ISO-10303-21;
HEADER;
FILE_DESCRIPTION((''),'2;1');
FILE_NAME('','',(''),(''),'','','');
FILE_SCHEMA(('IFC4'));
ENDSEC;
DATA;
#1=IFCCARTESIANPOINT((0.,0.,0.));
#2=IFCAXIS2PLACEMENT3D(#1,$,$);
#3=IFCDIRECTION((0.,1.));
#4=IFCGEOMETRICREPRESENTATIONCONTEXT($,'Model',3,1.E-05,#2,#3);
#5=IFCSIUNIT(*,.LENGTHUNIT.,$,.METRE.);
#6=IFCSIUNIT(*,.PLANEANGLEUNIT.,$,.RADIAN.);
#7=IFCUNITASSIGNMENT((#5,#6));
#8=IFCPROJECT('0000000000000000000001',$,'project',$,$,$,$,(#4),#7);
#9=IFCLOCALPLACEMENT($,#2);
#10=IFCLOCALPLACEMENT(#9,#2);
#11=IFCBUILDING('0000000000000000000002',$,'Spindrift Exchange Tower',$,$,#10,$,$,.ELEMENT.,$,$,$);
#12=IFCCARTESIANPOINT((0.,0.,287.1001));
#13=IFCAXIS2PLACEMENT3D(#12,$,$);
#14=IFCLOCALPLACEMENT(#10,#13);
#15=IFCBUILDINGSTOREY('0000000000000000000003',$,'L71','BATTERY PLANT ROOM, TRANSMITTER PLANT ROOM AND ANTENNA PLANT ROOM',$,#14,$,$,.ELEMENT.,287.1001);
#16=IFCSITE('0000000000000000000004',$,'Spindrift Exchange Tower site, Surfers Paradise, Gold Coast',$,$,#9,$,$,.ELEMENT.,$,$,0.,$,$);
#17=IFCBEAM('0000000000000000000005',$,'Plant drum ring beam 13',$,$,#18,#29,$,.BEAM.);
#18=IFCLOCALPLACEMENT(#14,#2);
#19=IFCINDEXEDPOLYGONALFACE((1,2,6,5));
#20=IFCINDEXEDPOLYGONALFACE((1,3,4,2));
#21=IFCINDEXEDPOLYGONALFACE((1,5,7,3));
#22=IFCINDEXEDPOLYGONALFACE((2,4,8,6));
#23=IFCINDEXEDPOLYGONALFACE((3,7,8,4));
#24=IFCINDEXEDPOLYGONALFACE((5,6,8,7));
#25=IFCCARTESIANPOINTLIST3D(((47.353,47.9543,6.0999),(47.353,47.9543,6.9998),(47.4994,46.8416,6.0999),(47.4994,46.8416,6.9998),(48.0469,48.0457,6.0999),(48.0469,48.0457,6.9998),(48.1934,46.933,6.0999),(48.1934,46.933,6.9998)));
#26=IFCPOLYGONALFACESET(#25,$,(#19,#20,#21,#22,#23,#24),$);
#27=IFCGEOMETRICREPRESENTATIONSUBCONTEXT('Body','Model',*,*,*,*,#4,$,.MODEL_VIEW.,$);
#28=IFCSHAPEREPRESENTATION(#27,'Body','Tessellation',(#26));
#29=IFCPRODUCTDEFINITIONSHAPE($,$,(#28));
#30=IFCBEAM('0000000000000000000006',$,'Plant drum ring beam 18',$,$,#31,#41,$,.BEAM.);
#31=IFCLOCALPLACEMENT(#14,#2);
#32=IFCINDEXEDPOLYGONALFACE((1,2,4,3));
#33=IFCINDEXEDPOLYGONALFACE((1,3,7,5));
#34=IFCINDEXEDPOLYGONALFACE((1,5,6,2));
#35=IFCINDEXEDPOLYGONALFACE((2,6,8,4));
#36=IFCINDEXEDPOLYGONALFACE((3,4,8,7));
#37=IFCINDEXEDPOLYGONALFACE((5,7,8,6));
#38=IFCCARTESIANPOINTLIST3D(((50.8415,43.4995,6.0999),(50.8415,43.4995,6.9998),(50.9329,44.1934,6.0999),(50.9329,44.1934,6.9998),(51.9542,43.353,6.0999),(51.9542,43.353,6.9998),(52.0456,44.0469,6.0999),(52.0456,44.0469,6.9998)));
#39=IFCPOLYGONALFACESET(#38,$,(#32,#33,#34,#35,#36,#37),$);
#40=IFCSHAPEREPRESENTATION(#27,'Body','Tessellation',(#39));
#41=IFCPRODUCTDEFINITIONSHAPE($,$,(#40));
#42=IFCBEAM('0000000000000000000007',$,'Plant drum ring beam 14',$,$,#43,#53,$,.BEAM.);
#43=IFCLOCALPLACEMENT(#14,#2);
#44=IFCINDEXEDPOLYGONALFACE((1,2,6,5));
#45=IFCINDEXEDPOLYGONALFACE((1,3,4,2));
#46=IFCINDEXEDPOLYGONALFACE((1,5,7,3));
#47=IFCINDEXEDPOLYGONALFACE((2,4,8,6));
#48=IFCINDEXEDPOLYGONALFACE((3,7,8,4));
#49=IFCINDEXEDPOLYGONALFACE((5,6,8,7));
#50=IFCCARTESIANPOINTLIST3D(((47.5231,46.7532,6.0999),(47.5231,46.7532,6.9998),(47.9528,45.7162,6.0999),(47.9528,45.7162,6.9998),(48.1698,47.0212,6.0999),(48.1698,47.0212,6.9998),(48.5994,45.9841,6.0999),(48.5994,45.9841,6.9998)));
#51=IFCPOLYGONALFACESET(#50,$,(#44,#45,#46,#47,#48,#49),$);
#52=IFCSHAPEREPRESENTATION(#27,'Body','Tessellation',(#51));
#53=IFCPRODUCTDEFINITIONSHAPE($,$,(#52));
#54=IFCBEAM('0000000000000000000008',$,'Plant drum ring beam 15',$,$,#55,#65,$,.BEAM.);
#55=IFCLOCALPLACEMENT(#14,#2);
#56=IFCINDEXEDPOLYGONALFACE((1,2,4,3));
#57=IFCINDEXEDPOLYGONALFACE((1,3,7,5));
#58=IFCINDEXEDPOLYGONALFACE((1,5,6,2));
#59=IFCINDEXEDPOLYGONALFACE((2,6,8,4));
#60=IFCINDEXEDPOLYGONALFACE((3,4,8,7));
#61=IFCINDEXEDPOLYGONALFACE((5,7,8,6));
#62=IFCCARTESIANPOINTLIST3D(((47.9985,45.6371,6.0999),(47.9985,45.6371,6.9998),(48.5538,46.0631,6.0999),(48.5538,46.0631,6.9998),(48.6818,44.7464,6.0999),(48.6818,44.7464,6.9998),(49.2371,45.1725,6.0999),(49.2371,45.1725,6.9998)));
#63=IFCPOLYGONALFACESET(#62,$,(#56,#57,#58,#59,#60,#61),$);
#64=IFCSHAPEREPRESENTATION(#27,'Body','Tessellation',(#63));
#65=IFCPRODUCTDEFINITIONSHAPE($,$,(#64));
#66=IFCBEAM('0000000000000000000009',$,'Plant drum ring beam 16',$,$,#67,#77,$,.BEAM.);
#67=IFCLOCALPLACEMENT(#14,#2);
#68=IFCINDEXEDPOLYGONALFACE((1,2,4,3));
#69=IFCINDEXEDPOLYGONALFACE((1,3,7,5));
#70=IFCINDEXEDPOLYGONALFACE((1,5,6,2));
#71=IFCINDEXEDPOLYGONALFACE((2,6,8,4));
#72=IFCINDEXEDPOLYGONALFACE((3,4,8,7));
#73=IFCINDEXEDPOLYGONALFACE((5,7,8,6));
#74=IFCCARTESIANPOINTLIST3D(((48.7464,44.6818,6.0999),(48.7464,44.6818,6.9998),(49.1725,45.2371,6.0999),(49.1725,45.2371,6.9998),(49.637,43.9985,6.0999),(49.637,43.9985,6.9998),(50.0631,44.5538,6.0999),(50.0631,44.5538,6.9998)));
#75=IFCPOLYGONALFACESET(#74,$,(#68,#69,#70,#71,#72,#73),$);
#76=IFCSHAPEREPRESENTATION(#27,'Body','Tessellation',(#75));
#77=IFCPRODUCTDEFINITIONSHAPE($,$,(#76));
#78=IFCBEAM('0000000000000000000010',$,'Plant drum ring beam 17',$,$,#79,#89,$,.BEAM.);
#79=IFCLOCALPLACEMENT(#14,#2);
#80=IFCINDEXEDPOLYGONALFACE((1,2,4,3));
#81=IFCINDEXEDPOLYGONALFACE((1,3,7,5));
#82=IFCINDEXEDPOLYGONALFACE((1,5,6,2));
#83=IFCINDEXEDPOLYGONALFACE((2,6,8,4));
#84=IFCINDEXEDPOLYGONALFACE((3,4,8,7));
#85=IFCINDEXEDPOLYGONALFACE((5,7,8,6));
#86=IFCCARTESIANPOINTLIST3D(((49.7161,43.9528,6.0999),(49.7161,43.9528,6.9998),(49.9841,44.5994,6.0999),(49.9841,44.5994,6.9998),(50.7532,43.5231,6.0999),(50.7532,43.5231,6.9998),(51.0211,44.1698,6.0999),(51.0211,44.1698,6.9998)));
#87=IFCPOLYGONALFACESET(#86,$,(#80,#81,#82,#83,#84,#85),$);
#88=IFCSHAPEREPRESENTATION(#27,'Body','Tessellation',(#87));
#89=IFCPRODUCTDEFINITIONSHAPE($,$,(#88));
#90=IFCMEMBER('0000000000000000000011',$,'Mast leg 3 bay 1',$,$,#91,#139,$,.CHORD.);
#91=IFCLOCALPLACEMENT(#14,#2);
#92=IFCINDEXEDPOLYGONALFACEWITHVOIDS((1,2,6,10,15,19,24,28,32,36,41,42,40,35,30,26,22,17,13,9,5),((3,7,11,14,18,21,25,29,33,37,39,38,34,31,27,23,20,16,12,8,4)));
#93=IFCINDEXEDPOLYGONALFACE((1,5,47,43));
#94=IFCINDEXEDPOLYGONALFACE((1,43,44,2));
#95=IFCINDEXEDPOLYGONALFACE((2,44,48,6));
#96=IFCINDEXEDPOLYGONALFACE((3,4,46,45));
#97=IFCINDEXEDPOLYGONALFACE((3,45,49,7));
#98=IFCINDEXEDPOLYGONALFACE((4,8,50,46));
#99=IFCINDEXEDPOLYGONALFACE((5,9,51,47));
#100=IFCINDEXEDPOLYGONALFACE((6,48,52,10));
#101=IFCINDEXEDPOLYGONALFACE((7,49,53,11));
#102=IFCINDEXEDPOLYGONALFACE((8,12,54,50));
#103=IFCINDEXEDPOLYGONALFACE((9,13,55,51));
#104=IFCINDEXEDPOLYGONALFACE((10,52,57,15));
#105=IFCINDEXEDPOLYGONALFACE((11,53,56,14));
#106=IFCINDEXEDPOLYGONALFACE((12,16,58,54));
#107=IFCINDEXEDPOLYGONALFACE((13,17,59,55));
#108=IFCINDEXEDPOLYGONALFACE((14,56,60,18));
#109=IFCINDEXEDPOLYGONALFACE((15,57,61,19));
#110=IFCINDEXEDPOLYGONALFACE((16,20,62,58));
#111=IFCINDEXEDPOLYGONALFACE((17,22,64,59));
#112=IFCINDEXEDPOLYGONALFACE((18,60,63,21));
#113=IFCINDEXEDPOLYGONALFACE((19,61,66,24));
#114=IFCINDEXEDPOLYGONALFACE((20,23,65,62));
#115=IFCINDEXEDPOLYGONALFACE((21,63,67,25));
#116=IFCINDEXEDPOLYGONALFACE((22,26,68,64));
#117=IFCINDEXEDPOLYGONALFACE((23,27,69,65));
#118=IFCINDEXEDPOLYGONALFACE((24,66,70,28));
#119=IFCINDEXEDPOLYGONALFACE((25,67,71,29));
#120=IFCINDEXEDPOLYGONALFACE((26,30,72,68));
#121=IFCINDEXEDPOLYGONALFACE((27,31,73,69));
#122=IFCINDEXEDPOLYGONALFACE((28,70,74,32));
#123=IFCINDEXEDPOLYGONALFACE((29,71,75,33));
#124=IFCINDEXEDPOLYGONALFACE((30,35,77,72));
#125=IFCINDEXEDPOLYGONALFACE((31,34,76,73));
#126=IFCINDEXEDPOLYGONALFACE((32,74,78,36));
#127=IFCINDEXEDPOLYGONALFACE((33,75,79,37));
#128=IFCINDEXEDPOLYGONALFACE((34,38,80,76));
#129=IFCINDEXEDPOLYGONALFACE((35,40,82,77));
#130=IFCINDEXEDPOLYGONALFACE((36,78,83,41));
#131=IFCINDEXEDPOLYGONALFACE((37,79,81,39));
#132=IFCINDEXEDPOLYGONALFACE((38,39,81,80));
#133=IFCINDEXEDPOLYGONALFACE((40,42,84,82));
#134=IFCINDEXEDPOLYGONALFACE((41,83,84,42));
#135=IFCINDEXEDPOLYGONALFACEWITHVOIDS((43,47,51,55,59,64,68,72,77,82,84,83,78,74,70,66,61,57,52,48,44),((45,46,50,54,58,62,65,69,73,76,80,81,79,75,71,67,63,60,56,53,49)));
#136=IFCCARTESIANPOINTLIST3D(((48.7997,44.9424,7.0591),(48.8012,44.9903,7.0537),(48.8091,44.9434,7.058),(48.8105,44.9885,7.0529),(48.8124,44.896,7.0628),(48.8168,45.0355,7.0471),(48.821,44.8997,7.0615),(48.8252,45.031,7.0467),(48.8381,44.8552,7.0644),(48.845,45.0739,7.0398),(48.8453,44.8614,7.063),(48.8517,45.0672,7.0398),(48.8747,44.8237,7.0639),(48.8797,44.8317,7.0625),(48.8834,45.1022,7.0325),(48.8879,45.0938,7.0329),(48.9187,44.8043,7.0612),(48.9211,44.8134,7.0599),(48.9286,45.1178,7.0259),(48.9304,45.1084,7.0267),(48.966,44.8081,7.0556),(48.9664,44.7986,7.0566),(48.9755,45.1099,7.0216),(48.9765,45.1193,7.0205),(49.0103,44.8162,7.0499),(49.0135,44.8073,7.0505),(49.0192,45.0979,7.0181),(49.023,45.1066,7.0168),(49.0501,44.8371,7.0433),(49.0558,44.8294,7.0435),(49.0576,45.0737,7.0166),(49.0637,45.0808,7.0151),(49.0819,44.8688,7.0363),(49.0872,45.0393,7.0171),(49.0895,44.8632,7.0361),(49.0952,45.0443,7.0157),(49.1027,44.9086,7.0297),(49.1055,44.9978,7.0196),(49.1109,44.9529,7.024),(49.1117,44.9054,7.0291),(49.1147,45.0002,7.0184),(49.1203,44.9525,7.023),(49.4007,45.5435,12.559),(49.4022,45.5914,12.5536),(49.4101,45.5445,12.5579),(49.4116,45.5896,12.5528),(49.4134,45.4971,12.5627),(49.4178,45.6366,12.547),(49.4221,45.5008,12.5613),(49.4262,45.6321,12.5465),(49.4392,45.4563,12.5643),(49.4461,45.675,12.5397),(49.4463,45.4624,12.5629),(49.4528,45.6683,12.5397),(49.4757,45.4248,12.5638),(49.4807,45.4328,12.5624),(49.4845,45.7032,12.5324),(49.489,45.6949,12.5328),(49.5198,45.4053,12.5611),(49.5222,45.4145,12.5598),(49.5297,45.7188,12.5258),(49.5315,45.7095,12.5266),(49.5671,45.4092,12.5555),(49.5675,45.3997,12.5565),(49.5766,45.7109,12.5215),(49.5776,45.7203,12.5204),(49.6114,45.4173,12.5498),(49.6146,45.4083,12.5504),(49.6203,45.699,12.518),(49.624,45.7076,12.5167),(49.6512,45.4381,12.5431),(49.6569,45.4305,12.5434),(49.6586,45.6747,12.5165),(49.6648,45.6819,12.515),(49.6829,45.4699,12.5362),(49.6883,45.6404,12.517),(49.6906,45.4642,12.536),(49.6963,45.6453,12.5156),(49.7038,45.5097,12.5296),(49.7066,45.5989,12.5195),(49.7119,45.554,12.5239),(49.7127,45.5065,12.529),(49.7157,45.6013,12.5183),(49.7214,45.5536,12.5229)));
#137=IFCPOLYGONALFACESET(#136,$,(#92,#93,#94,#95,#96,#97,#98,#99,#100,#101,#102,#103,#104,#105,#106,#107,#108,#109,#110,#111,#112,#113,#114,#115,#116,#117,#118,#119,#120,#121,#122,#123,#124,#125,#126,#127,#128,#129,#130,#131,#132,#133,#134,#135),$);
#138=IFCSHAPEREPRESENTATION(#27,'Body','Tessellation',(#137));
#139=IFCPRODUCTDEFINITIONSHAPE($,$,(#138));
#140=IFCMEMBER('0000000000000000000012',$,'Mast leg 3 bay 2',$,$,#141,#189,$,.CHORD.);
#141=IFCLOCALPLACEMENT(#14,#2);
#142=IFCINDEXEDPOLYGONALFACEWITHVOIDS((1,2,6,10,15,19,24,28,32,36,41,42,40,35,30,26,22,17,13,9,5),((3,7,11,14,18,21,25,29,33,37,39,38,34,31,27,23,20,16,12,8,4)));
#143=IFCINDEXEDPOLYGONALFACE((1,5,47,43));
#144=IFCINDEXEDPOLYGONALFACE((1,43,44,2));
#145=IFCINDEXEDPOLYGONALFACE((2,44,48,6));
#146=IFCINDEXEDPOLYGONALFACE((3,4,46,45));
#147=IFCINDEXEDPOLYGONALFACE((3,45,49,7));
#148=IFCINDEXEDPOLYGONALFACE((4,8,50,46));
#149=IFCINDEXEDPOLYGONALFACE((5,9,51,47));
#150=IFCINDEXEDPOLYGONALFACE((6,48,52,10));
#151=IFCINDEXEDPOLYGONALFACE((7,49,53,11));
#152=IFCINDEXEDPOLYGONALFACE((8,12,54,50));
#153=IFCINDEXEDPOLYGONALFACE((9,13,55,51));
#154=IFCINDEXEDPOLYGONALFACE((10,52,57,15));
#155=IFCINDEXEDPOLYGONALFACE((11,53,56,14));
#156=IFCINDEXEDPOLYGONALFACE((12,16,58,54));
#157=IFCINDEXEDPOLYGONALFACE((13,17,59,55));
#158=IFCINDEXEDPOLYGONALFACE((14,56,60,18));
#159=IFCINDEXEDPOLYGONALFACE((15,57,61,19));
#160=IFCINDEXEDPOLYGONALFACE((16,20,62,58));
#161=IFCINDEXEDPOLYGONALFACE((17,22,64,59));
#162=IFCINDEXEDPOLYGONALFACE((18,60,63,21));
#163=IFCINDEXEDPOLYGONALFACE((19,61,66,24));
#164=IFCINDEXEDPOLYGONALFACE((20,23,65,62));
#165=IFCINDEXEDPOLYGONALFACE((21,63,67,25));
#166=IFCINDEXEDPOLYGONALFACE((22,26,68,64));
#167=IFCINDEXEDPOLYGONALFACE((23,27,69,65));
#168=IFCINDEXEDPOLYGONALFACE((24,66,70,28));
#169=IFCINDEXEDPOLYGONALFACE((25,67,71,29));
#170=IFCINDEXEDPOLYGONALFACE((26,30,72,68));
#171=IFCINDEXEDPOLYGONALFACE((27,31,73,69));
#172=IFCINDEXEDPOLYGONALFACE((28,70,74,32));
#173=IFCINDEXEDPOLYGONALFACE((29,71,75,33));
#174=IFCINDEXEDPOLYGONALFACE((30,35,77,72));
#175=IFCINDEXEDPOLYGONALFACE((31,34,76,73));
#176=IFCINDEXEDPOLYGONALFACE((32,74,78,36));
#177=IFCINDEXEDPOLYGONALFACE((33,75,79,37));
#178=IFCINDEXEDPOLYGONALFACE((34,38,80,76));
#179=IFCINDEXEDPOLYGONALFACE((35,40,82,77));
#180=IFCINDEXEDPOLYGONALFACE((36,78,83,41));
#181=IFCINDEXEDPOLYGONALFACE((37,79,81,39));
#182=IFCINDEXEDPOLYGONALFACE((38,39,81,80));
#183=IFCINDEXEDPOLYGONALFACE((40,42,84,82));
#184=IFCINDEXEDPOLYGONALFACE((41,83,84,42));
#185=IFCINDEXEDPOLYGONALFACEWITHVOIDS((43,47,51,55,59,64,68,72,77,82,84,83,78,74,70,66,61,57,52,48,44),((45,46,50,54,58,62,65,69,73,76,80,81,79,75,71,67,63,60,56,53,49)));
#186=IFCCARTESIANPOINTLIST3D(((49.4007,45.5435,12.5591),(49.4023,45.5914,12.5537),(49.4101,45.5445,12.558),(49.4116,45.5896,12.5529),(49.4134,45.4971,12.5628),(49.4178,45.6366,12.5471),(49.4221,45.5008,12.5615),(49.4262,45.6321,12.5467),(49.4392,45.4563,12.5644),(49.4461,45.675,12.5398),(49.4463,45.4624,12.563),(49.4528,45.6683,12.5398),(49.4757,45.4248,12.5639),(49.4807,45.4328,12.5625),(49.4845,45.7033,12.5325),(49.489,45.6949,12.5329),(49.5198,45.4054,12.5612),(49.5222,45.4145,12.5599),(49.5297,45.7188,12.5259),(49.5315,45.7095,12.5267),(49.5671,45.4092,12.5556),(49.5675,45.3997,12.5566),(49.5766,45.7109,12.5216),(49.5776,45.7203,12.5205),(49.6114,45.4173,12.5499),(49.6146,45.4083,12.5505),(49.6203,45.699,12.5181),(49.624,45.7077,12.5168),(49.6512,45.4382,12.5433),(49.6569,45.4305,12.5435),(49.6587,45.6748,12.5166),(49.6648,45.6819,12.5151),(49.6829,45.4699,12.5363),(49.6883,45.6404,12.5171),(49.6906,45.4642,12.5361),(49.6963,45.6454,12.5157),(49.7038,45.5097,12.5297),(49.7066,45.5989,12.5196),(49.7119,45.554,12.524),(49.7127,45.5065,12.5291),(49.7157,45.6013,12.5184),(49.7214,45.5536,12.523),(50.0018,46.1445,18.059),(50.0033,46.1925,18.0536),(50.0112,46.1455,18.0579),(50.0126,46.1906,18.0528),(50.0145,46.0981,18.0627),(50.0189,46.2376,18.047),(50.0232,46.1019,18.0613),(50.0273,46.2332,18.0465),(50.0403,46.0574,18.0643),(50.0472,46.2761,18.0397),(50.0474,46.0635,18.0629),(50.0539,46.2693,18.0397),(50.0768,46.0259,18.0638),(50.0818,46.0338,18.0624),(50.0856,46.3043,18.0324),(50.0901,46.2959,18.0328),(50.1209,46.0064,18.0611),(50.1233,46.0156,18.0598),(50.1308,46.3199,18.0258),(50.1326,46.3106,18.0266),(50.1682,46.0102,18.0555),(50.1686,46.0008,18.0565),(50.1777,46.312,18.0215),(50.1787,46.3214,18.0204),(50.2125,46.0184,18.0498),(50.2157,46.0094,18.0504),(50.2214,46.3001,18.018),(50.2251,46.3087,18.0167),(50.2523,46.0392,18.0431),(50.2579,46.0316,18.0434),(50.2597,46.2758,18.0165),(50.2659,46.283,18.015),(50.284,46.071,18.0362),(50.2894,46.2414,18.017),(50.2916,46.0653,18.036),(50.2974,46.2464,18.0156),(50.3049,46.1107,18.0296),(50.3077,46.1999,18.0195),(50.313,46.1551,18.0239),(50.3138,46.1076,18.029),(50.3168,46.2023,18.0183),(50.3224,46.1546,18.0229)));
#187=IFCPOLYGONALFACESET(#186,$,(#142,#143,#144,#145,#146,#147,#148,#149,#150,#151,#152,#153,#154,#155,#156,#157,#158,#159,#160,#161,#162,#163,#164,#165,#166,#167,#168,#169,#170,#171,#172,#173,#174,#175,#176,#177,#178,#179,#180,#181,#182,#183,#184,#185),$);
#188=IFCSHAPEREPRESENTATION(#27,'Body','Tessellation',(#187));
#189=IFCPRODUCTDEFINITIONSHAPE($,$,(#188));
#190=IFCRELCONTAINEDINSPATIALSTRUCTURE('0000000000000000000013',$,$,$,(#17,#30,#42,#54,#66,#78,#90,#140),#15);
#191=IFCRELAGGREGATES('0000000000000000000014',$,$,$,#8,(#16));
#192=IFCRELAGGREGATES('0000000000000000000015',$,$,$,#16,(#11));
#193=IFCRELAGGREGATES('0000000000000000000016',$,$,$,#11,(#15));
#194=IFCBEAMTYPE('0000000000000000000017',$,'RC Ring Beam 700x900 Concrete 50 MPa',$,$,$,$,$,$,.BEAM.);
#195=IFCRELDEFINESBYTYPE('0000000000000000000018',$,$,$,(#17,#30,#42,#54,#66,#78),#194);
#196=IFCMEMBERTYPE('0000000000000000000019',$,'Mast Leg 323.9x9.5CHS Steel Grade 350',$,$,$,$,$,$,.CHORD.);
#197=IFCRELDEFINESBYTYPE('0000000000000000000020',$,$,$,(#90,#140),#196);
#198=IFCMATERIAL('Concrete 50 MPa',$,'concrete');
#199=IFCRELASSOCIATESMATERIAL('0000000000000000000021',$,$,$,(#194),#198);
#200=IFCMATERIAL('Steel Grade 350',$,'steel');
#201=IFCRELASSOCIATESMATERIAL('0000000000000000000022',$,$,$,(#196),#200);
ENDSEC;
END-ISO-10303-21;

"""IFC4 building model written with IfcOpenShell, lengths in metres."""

from ifc_helpers import new_model, si_unit, direction, frame, origin, origin_2d, place, context, subcontext, project, spatial, rectangle, hollow_circle, extrude, source, transform, mapped, material, material_profile, profile_set, type_object, element, save


model = new_model("IFC4")

# Units and contexts
model_context = context("Model", 3, precision=1e-05, world=origin(), true_north=direction((0.0, 1.0)))
body_context = subcontext(model_context, "Body", "Model", "MODEL_VIEW")
ifc_project = project(units=[si_unit("LENGTHUNIT", "METRE"), si_unit("PLANEANGLEUNIT", "RADIAN")], contexts=[model_context])

# Site, building, storey
site_placement = place(None, origin())
site = spatial("IfcSite", under=ifc_project, at=site_placement, Name="Spindrift Exchange Tower site, Surfers Paradise, Gold Coast", CompositionType="ELEMENT", RefElevation=0.0)
building_placement = place(site_placement, origin())
building = spatial("IfcBuilding", under=site, at=building_placement, Name="Spindrift Exchange Tower", CompositionType="ELEMENT")
storey_placement = place(building_placement, frame((0.0, 0.0, 287.1001)))
storey = spatial("IfcBuildingStorey", under=building, at=storey_placement, Name="L71", Description="BATTERY PLANT ROOM, TRANSMITTER PLANT ROOM AND ANTENNA PLANT ROOM", CompositionType="ELEMENT", Elevation=287.1001)

# Beams
ifc_material_1 = material(Name="Concrete 50 MPa", Category="concrete")
ifc_material_profile_1 = material_profile(ifc_material_1, rectangle(XDim=0.7, YDim=0.8999, at=origin_2d()), Name="RC 700x900")
ifc_profile_set_1 = profile_set([ifc_material_profile_1], Name="Concrete 50 MPa")
beam_type = type_object("IfcBeamType", Name="RC Ring Beam 700x900 Concrete 50 MPa", PredefinedType="BEAM", material=ifc_profile_set_1)
shared_shape_1 = source(origin(), body_context, "Body", "SweptSolid", [
    extrude(rectangle(XDim=0.7, YDim=0.8999, at=origin_2d()), origin(), (0.0, 0.0, 1.0), 1.1223),
])
for number, where, z_axis, x_axis, name in (
    (1, (47.7, 48.0, 6.5498), (0.130511, -0.991447, 0.0), (0.991447, 0.130511, 0.0), "Plant drum ring beam 13"),
    (2, (50.8872, 43.8464, 6.5498), (0.991447, -0.130511, 0.0), (0.130511, 0.991447, 0.0), "Plant drum ring beam 18"),
):
    element("IfcBeam", number, at=place(storey_placement, frame(where, z_axis=z_axis, x_axis=x_axis)), inside=storey, type_object=beam_type, Name=name, PredefinedType="BEAM", context=body_context, shape_type="MappedRepresentation", body=[
        mapped(shared_shape_1, transform((0.0, 0.0, 0.0), scale=1.0)),
    ])
shared_shape_2 = source(origin(), body_context, "Body", "SweptSolid", [
    extrude(rectangle(XDim=0.7, YDim=0.8999, at=origin_2d()), origin(), (0.0, 0.0, 1.0), 1.1226),
])
for number, where, z_axis, x_axis, name in (
    (3, (47.8464, 46.8872, 6.5498), (0.382762, -0.923847, 0.0), (0.923847, 0.382762, 0.0), "Plant drum ring beam 14"),
    (4, (48.2761, 45.8501, 6.5498), (0.608733, -0.793375, 0.0), (0.793375, 0.608733, 0.0), "Plant drum ring beam 15"),
    (5, (48.9595, 44.9595, 6.5498), (0.793375, -0.608733, 0.0), (0.608733, 0.793375, 0.0), "Plant drum ring beam 16"),
    (6, (49.8501, 44.2761, 6.5498), (0.923847, -0.382762, 0.0), (0.382762, 0.923847, 0.0), "Plant drum ring beam 17"),
):
    element("IfcBeam", number, at=place(storey_placement, frame(where, z_axis=z_axis, x_axis=x_axis)), inside=storey, type_object=beam_type, Name=name, PredefinedType="BEAM", context=body_context, shape_type="MappedRepresentation", body=[
        mapped(shared_shape_2, transform((0.0, 0.0, 0.0), scale=1.0)),
    ])

# Members
ifc_material_2 = material(Name="Steel Grade 350", Category="steel")
ifc_material_profile_2 = material_profile(ifc_material_2, hollow_circle(Radius=0.1619, WallThickness=0.0095, at=origin_2d()), Name="323.9x9.5CHS")
ifc_profile_set_2 = profile_set([ifc_material_profile_2], Name="Steel Grade 350")
member_type_1 = type_object("IfcMemberType", Name="Mast Leg 323.9x9.5CHS Steel Grade 350", PredefinedType="CHORD", material=ifc_profile_set_2)
shared_shape_3 = source(origin(), body_context, "Body", "SweptSolid", [
    extrude(hollow_circle(Radius=0.1619, WallThickness=0.0095, at=origin_2d()), origin(), (0.0, 0.0, 1.0), 5.5652),
])
for number, where, z_axis, x_axis, name in (
    (7, (48.9595, 44.9595, 7.0398), (0.108004, 0.108004, 0.988266), (-0.707107, 0.707107, 0.0), "Mast leg 3 bay 1"),
    (8, (49.5605, 45.5605, 12.5398), (0.108004, 0.108004, 0.988266), (-0.707107, 0.707107, 0.0), "Mast leg 3 bay 2"),
):
    element("IfcMember", number, at=place(storey_placement, frame(where, z_axis=z_axis, x_axis=x_axis)), inside=storey, type_object=member_type_1, Name=name, PredefinedType="CHORD", context=body_context, shape_type="MappedRepresentation", body=[
        mapped(shared_shape_3, transform((0.0, 0.0, 0.0), scale=1.0)),
    ])

save(model, "model.ifc")
